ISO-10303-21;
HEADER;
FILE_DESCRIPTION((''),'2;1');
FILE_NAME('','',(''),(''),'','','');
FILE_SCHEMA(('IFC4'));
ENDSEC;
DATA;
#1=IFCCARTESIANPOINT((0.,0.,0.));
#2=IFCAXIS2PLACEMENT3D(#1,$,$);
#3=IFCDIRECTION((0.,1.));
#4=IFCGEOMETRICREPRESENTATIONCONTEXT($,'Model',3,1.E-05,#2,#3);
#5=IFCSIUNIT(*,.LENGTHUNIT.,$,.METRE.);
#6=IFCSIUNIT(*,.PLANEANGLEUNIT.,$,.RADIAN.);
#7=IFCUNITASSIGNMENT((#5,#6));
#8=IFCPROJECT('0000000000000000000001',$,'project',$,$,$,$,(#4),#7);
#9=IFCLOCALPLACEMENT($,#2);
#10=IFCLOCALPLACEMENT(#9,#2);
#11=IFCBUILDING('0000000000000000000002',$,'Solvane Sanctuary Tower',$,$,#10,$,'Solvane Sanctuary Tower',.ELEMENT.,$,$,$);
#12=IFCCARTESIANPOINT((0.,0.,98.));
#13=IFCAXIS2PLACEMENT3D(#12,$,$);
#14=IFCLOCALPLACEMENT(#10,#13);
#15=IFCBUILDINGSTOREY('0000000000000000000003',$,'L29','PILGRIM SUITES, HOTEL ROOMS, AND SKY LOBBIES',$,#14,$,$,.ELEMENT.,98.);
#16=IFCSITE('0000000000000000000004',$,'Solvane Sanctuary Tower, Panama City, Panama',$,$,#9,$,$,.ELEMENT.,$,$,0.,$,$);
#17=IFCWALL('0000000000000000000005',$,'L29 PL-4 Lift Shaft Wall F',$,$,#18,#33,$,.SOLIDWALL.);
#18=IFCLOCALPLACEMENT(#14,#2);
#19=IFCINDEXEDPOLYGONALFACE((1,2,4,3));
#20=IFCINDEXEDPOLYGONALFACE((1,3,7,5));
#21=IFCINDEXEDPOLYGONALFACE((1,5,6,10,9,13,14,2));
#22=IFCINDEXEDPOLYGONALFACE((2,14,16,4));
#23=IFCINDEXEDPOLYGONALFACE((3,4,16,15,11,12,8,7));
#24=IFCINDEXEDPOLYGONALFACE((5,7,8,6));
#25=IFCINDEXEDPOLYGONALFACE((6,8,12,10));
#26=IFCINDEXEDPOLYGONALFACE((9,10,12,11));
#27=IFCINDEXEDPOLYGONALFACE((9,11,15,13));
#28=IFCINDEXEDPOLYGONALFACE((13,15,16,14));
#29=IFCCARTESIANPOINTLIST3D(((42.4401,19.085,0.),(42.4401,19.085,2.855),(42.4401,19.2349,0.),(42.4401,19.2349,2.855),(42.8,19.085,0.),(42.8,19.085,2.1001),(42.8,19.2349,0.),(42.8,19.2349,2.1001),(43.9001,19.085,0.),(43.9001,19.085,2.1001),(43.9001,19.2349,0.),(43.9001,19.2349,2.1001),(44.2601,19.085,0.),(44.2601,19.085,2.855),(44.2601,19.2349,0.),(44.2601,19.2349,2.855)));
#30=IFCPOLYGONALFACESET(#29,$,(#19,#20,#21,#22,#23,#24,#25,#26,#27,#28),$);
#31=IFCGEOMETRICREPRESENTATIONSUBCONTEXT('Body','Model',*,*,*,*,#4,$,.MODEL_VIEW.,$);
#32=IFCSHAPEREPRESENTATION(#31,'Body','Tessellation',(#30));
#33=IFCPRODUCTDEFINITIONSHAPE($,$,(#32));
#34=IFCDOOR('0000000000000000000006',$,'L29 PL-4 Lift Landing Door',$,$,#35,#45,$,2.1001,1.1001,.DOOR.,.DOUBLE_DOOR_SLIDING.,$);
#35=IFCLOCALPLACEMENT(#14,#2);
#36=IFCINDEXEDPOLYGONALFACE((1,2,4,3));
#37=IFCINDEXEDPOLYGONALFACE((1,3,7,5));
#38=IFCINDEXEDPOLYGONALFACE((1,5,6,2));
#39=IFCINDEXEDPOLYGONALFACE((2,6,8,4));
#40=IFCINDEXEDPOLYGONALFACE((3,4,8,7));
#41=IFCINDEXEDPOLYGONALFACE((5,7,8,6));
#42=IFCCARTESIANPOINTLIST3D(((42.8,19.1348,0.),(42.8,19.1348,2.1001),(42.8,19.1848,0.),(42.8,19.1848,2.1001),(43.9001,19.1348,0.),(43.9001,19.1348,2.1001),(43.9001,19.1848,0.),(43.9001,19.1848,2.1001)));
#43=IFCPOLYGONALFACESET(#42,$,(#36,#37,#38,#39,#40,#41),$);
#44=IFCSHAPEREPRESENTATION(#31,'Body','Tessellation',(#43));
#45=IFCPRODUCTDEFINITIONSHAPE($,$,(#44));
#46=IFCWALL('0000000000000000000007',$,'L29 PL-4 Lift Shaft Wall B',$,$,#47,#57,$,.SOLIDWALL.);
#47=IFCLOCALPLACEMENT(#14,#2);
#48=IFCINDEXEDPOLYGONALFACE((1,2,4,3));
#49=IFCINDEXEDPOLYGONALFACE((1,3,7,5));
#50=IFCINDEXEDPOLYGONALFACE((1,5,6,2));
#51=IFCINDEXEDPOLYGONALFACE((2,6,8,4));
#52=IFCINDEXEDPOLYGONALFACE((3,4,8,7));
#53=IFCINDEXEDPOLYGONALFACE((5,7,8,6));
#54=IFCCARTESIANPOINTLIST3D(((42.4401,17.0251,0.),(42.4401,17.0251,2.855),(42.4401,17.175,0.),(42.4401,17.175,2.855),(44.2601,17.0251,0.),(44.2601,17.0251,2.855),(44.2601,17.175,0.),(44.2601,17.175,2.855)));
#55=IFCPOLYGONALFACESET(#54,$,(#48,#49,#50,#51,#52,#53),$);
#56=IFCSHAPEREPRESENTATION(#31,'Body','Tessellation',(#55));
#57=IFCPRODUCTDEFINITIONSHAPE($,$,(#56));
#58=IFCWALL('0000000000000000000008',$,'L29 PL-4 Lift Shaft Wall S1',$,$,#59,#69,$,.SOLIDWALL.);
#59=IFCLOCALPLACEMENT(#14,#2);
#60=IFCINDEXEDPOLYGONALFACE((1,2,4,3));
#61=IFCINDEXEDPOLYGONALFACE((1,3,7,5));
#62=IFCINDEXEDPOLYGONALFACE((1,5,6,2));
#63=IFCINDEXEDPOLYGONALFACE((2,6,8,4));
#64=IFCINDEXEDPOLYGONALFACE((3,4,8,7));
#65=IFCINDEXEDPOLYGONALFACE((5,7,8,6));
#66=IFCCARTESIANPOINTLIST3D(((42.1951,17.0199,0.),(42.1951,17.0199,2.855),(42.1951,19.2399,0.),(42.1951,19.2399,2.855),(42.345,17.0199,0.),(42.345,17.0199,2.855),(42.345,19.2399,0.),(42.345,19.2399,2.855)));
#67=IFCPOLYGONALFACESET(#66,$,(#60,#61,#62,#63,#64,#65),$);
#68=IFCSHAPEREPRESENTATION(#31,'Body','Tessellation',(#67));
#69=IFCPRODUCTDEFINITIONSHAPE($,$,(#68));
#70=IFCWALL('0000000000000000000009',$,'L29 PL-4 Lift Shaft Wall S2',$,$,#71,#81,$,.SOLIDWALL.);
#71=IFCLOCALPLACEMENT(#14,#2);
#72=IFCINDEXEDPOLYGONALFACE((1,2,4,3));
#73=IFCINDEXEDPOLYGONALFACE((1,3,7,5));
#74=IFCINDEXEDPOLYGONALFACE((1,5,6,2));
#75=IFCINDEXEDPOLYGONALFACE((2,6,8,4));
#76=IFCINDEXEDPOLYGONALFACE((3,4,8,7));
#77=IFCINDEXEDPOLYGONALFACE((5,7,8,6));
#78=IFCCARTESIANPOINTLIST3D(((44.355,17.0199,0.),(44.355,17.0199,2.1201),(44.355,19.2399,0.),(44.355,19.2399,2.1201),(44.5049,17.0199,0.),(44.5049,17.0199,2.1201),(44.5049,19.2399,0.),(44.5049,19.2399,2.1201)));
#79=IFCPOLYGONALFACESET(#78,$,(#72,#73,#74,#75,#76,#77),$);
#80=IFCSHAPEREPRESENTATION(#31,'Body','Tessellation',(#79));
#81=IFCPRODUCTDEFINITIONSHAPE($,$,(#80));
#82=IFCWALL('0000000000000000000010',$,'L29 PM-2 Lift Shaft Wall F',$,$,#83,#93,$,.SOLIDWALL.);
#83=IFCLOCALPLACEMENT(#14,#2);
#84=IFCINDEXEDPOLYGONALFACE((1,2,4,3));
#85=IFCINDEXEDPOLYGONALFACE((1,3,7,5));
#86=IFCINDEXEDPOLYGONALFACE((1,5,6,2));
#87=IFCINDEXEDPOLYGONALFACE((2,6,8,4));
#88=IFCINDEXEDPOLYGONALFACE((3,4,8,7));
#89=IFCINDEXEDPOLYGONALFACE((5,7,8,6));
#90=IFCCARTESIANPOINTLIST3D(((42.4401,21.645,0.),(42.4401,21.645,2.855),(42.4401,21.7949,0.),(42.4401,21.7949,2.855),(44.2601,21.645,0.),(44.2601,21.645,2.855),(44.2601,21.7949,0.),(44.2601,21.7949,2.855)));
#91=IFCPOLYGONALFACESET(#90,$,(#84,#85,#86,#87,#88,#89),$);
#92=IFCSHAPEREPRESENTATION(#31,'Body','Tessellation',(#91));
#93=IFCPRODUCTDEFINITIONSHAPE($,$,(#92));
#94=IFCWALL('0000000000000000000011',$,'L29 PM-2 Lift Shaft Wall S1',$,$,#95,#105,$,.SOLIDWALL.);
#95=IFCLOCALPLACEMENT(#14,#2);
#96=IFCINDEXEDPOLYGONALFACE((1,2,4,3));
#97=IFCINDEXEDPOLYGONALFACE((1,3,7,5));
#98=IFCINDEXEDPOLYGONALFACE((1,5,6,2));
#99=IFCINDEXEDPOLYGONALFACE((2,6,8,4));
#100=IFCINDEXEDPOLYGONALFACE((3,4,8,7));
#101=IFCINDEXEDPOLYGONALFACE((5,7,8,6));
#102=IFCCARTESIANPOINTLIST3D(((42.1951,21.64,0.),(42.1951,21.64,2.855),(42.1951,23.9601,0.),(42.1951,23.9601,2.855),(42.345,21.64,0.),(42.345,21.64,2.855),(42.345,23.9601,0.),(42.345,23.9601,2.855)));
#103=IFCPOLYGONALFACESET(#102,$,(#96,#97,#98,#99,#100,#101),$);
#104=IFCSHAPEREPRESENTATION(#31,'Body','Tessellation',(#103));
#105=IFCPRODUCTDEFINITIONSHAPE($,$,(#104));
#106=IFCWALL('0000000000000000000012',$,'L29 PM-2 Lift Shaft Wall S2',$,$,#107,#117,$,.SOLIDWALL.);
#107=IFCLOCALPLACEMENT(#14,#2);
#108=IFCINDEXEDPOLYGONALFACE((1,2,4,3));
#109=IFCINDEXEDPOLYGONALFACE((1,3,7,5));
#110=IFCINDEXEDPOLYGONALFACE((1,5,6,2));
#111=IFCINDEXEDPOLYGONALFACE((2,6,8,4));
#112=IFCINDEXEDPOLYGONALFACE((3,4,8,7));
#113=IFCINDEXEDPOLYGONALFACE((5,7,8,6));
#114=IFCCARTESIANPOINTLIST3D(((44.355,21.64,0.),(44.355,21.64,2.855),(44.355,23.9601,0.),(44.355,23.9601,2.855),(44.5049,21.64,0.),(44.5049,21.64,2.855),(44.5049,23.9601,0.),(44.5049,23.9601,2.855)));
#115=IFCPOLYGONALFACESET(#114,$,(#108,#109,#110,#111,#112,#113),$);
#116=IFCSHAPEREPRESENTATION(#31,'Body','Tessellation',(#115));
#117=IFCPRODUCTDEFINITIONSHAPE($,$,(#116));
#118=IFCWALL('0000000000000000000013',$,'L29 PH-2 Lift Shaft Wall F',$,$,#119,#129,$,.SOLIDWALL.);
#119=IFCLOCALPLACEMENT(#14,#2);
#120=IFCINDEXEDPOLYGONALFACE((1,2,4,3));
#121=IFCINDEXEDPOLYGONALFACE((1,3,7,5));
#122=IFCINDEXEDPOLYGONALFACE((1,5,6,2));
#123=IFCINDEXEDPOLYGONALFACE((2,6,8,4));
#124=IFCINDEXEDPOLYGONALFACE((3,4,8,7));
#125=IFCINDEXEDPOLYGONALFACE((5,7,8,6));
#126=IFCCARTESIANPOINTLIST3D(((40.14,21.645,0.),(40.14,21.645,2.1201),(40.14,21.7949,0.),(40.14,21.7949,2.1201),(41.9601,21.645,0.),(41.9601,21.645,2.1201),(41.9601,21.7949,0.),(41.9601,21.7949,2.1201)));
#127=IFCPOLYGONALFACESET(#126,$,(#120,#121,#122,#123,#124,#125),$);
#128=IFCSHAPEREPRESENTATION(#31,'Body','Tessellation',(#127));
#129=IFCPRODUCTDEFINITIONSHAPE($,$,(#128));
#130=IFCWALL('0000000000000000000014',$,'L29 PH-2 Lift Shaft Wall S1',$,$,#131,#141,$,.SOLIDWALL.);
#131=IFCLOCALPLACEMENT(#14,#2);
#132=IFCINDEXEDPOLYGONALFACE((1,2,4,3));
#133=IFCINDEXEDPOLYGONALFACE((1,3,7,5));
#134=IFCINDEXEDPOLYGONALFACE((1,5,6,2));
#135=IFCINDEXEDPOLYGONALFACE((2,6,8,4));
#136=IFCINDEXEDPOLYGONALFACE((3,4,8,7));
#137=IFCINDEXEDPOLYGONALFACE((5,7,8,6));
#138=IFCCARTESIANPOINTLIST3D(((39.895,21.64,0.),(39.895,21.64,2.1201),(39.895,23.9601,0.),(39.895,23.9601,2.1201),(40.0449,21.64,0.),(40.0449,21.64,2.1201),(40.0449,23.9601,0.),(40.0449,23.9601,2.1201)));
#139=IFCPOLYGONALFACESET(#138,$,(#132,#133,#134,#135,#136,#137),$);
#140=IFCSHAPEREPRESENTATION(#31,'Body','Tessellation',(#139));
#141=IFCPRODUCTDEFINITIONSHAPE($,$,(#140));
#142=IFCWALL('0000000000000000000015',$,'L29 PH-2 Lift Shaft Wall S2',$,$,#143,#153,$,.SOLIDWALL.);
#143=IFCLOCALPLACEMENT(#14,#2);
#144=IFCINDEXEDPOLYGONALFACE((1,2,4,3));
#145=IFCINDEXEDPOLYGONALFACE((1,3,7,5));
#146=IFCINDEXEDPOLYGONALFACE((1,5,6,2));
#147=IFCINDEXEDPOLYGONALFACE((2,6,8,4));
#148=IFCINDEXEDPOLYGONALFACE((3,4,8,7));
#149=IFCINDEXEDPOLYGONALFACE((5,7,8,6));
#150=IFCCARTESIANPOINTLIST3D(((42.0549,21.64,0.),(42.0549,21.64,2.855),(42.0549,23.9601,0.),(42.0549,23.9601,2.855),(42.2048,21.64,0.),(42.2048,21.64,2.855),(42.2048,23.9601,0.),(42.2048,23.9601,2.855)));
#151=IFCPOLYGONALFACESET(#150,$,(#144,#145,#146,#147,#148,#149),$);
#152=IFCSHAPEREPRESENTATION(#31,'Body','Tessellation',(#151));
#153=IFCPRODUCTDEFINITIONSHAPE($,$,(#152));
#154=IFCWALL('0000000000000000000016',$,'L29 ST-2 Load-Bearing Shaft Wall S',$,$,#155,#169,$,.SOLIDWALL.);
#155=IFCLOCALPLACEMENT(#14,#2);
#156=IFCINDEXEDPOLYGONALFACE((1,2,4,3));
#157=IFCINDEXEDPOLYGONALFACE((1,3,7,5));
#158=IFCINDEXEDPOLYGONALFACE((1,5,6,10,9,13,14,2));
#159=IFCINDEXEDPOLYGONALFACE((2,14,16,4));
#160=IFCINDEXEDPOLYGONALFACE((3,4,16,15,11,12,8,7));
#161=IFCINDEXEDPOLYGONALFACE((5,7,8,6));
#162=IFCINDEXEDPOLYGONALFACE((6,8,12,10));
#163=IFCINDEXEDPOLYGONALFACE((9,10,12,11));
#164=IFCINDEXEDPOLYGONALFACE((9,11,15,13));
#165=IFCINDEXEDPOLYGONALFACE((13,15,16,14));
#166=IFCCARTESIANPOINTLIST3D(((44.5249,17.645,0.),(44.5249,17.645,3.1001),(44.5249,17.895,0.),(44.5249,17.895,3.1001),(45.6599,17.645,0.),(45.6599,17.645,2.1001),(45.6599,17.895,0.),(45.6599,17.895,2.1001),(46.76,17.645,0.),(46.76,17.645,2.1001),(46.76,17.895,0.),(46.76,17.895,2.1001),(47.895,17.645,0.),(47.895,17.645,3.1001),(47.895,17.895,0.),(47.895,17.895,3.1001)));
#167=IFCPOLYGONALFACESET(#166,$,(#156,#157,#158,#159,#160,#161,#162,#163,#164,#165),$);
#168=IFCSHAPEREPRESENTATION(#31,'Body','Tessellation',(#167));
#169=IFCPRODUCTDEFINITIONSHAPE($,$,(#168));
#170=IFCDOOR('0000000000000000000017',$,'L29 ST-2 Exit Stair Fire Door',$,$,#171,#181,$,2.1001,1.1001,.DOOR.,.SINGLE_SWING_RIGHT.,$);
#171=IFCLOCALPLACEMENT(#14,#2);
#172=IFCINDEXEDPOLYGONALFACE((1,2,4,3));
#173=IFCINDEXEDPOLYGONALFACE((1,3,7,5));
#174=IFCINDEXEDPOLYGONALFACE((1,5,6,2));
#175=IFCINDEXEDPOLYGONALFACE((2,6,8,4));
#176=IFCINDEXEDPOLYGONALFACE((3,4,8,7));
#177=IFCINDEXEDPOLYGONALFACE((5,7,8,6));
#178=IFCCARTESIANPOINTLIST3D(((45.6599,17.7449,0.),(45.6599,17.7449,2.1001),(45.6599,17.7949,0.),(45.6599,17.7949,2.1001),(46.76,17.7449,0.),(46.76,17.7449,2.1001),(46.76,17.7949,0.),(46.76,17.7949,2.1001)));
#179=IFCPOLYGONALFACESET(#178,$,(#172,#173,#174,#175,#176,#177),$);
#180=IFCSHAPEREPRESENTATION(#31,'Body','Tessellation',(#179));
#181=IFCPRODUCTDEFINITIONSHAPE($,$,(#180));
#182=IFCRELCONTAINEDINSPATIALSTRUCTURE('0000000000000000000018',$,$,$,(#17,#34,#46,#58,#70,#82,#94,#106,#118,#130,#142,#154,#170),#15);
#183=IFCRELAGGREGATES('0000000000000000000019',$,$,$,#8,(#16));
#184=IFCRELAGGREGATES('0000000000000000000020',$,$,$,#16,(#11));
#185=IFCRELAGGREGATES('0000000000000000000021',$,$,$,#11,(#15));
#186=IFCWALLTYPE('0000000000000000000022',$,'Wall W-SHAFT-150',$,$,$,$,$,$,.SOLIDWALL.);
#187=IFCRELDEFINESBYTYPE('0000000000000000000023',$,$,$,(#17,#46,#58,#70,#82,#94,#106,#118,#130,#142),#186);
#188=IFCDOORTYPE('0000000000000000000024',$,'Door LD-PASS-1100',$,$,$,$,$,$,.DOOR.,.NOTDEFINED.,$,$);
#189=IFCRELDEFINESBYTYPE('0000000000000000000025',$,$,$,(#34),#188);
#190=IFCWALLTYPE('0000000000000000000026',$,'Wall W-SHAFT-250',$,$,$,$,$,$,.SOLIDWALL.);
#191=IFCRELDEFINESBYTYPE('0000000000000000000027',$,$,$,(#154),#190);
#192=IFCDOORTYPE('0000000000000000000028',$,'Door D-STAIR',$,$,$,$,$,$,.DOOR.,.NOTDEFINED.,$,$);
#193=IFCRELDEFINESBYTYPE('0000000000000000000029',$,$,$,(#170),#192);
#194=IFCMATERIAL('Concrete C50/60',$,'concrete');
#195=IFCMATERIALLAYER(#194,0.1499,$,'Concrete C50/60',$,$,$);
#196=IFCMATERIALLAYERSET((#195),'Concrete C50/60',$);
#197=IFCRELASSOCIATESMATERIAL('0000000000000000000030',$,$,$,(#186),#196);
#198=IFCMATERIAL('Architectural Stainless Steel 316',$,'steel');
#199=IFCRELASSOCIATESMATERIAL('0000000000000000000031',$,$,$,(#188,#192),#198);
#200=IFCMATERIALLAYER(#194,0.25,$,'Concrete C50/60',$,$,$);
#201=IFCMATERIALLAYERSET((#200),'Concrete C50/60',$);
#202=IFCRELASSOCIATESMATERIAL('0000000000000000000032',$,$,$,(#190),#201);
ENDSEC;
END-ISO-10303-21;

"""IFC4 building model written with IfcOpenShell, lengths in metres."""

from ifc_helpers import new_model, si_unit, direction, frame, frame_2d, origin, place, context, subcontext, project, spatial, rectangle, extrude, material, layer, layer_set, type_object, element, fill, save


model = new_model("IFC4")

# Units and contexts
model_context = context("Model", 3, precision=1e-05, world=origin(), true_north=direction((0.0, 1.0)))
body_context = subcontext(model_context, "Body", "Model", "MODEL_VIEW")
ifc_project = project(units=[si_unit("LENGTHUNIT", "METRE"), si_unit("PLANEANGLEUNIT", "RADIAN")], contexts=[model_context])

# Site, building, storey
site_placement = place(None, origin())
site = spatial("IfcSite", under=ifc_project, at=site_placement, Name="Solvane Sanctuary Tower, Panama City, Panama", CompositionType="ELEMENT", RefElevation=0.0)
building_placement = place(site_placement, origin())
building = spatial("IfcBuilding", under=site, at=building_placement, Name="Solvane Sanctuary Tower", LongName="Solvane Sanctuary Tower", CompositionType="ELEMENT")
storey_placement = place(building_placement, frame((0.0, 0.0, 98.0)))
storey = spatial("IfcBuildingStorey", under=building, at=storey_placement, Name="L29", Description="PILGRIM SUITES, HOTEL ROOMS, AND SKY LOBBIES", CompositionType="ELEMENT", Elevation=98.0)

# Shared definitions
ifc_material_1 = material(Name="Concrete C50/60", Category="concrete")
ifc_layer_1 = layer(ifc_material_1, 0.1499, Name="Concrete C50/60")
ifc_layer_set_1 = layer_set([ifc_layer_1], Name="Concrete C50/60")
wall_type_1 = type_object("IfcWallType", Name="Wall W-SHAFT-150", PredefinedType="SOLIDWALL", material=ifc_layer_set_1)
ifc_material_2 = material(Name="Architectural Stainless Steel 316", Category="steel")
door_type_1 = type_object("IfcDoorType", Name="Door LD-PASS-1100", OperationType="NOTDEFINED", PredefinedType="DOOR", material=ifc_material_2)

# Wall, opening, door
wall_1_placement = place(storey_placement, frame((42.4399, 19.1599, 0.0), z_axis=(0.0, 0.0, 1.0), x_axis=(1.0, 0.0, 0.0)))
wall_1 = element("IfcWall", 1, at=wall_1_placement, inside=storey, type_object=wall_type_1, Name="L29 PL-4 Lift Shaft Wall F", PredefinedType="SOLIDWALL", context=body_context, shape_type="SweptSolid", body=[
    extrude(rectangle(XDim=1.8201, YDim=0.1499, at=frame_2d((0.9102, 0.0))), origin(), (0.0, 0.0, 1.0), 2.855),
])
opening_1_placement = place(wall_1_placement, frame((0.3601, 0.0, 0.0)))
opening_1 = element("IfcOpeningElement", 2, at=opening_1_placement, cuts=wall_1, PredefinedType="OPENING", context=body_context, shape_type="SweptSolid", body=[
    extrude(rectangle(XDim=1.1001, YDim=2.1001, at=frame_2d((0.55, 1.05))), frame((0.0, 0.085, 0.0), z_axis=(0.0, -1.0, 0.0), x_axis=(1.0, 0.0, 0.0)), (0.0, 0.0, 1.0), 0.1699),
])
door_1_placement = place(opening_1_placement, origin())
door_1 = element("IfcDoor", 3, at=door_1_placement, inside=storey, type_object=door_type_1, Name="L29 PL-4 Lift Landing Door", OperationType="DOUBLE_DOOR_SLIDING", OverallHeight=2.1001, OverallWidth=1.1001, PredefinedType="DOOR", context=body_context, shape_type="SweptSolid", body=[
    extrude(rectangle(XDim=1.1001, YDim=2.1001, at=frame_2d((0.55, 1.05))), frame((0.0, 0.0249, 0.0), z_axis=(0.0, -1.0, 0.0), x_axis=(1.0, 0.0, 0.0)), (0.0, 0.0, 1.0), 0.05),
])
fill(opening_1, door_1)

# Walls
wall_2_placement = place(storey_placement, frame((42.4399, 17.1001, 0.0), z_axis=(0.0, 0.0, 1.0), x_axis=(1.0, 0.0, 0.0)))
element("IfcWall", 4, at=wall_2_placement, inside=storey, type_object=wall_type_1, Name="L29 PL-4 Lift Shaft Wall B", PredefinedType="SOLIDWALL", context=body_context, shape_type="SweptSolid", body=[
    extrude(rectangle(XDim=1.8201, YDim=0.1499, at=frame_2d((0.9102, 0.0))), origin(), (0.0, 0.0, 1.0), 2.855),
])
wall_3_placement = place(storey_placement, frame((42.27, 17.02, 0.0), z_axis=(0.0, 0.0, 1.0), x_axis=(0.0, 1.0, 0.0)))
element("IfcWall", 5, at=wall_3_placement, inside=storey, type_object=wall_type_1, Name="L29 PL-4 Lift Shaft Wall S1", PredefinedType="SOLIDWALL", context=body_context, shape_type="SweptSolid", body=[
    extrude(rectangle(XDim=2.22, YDim=0.1499, at=frame_2d((1.1099, 0.0))), origin(), (0.0, 0.0, 1.0), 2.855),
])
wall_4_placement = place(storey_placement, frame((44.4299, 17.02, 0.0), z_axis=(0.0, 0.0, 1.0), x_axis=(0.0, 1.0, 0.0)))
element("IfcWall", 6, at=wall_4_placement, inside=storey, type_object=wall_type_1, Name="L29 PL-4 Lift Shaft Wall S2", PredefinedType="SOLIDWALL", context=body_context, shape_type="SweptSolid", body=[
    extrude(rectangle(XDim=2.22, YDim=0.1499, at=frame_2d((1.1099, 0.0))), origin(), (0.0, 0.0, 1.0), 2.1201),
])
wall_5_placement = place(storey_placement, frame((42.4399, 21.72, 0.0), z_axis=(0.0, 0.0, 1.0), x_axis=(1.0, 0.0, 0.0)))
element("IfcWall", 7, at=wall_5_placement, inside=storey, type_object=wall_type_1, Name="L29 PM-2 Lift Shaft Wall F", PredefinedType="SOLIDWALL", context=body_context, shape_type="SweptSolid", body=[
    extrude(rectangle(XDim=1.8201, YDim=0.1499, at=frame_2d((0.9102, 0.0))), origin(), (0.0, 0.0, 1.0), 2.855),
])
for number, where, z_axis, x_axis, name in (
    (8, (42.27, 21.6399, 0.0), (0.0, 0.0, 1.0), (0.0, 1.0, 0.0), "L29 PM-2 Lift Shaft Wall S1"),
    (9, (44.4299, 21.6399, 0.0), (0.0, 0.0, 1.0), (0.0, 1.0, 0.0), "L29 PM-2 Lift Shaft Wall S2"),
):
    element("IfcWall", number, at=place(storey_placement, frame(where, z_axis=z_axis, x_axis=x_axis)), inside=storey, type_object=wall_type_1, Name=name, PredefinedType="SOLIDWALL", context=body_context, shape_type="SweptSolid", body=[
        extrude(rectangle(XDim=2.3201, YDim=0.1499, at=frame_2d((1.1602, 0.0))), origin(), (0.0, 0.0, 1.0), 2.855),
    ])
wall_6_placement = place(storey_placement, frame((40.1399, 21.72, 0.0), z_axis=(0.0, 0.0, 1.0), x_axis=(1.0, 0.0, 0.0)))
element("IfcWall", 10, at=wall_6_placement, inside=storey, type_object=wall_type_1, Name="L29 PH-2 Lift Shaft Wall F", PredefinedType="SOLIDWALL", context=body_context, shape_type="SweptSolid", body=[
    extrude(rectangle(XDim=1.8201, YDim=0.1499, at=frame_2d((0.9102, 0.0))), origin(), (0.0, 0.0, 1.0), 2.1201),
])
wall_7_placement = place(storey_placement, frame((39.97, 21.6399, 0.0), z_axis=(0.0, 0.0, 1.0), x_axis=(0.0, 1.0, 0.0)))
element("IfcWall", 11, at=wall_7_placement, inside=storey, type_object=wall_type_1, Name="L29 PH-2 Lift Shaft Wall S1", PredefinedType="SOLIDWALL", context=body_context, shape_type="SweptSolid", body=[
    extrude(rectangle(XDim=2.3201, YDim=0.1499, at=frame_2d((1.1602, 0.0))), origin(), (0.0, 0.0, 1.0), 2.1201),
])
wall_8_placement = place(storey_placement, frame((42.1299, 21.6399, 0.0), z_axis=(0.0, 0.0, 1.0), x_axis=(0.0, 1.0, 0.0)))
element("IfcWall", 12, at=wall_8_placement, inside=storey, type_object=wall_type_1, Name="L29 PH-2 Lift Shaft Wall S2", PredefinedType="SOLIDWALL", context=body_context, shape_type="SweptSolid", body=[
    extrude(rectangle(XDim=2.3201, YDim=0.1499, at=frame_2d((1.1602, 0.0))), origin(), (0.0, 0.0, 1.0), 2.855),
])

# Wall, opening, door
ifc_layer_2 = layer(ifc_material_1, 0.25, Name="Concrete C50/60")
ifc_layer_set_2 = layer_set([ifc_layer_2], Name="Concrete C50/60")
wall_type_2 = type_object("IfcWallType", Name="Wall W-SHAFT-250", PredefinedType="SOLIDWALL", material=ifc_layer_set_2)
wall_9_placement = place(storey_placement, frame((44.5249, 17.77, 0.0), z_axis=(0.0, 0.0, 1.0), x_axis=(1.0, 0.0, 0.0)))
wall_9 = element("IfcWall", 13, at=wall_9_placement, inside=storey, type_object=wall_type_2, Name="L29 ST-2 Load-Bearing Shaft Wall S", PredefinedType="SOLIDWALL", context=body_context, shape_type="SweptSolid", body=[
    extrude(rectangle(XDim=3.3701, YDim=0.25, at=frame_2d((1.6851, 0.0))), origin(), (0.0, 0.0, 1.0), 3.1001),
])
opening_2_placement = place(wall_9_placement, frame((1.135, 0.0, 0.0)))
opening_2 = element("IfcOpeningElement", 14, at=opening_2_placement, cuts=wall_9, PredefinedType="OPENING", context=body_context, shape_type="SweptSolid", body=[
    extrude(rectangle(XDim=1.1001, YDim=2.1001, at=frame_2d((0.55, 1.05))), frame((0.0, 0.135, 0.0), z_axis=(0.0, -1.0, 0.0), x_axis=(1.0, 0.0, 0.0)), (0.0, 0.0, 1.0), 0.27),
])
door_type_2 = type_object("IfcDoorType", Name="Door D-STAIR", OperationType="NOTDEFINED", PredefinedType="DOOR", material=ifc_material_2)
door_2_placement = place(opening_2_placement, origin())
door_2 = element("IfcDoor", 15, at=door_2_placement, inside=storey, type_object=door_type_2, Name="L29 ST-2 Exit Stair Fire Door", OperationType="SINGLE_SWING_RIGHT", OverallHeight=2.1001, OverallWidth=1.1001, PredefinedType="DOOR", context=body_context, shape_type="SweptSolid", body=[
    extrude(rectangle(XDim=1.1001, YDim=2.1001, at=frame_2d((0.55, 1.05))), frame((0.0, 0.0249, 0.0), z_axis=(0.0, -1.0, 0.0), x_axis=(1.0, 0.0, 0.0)), (0.0, 0.0, 1.0), 0.05),
])
fill(opening_2, door_2)

save(model, "model.ifc")
